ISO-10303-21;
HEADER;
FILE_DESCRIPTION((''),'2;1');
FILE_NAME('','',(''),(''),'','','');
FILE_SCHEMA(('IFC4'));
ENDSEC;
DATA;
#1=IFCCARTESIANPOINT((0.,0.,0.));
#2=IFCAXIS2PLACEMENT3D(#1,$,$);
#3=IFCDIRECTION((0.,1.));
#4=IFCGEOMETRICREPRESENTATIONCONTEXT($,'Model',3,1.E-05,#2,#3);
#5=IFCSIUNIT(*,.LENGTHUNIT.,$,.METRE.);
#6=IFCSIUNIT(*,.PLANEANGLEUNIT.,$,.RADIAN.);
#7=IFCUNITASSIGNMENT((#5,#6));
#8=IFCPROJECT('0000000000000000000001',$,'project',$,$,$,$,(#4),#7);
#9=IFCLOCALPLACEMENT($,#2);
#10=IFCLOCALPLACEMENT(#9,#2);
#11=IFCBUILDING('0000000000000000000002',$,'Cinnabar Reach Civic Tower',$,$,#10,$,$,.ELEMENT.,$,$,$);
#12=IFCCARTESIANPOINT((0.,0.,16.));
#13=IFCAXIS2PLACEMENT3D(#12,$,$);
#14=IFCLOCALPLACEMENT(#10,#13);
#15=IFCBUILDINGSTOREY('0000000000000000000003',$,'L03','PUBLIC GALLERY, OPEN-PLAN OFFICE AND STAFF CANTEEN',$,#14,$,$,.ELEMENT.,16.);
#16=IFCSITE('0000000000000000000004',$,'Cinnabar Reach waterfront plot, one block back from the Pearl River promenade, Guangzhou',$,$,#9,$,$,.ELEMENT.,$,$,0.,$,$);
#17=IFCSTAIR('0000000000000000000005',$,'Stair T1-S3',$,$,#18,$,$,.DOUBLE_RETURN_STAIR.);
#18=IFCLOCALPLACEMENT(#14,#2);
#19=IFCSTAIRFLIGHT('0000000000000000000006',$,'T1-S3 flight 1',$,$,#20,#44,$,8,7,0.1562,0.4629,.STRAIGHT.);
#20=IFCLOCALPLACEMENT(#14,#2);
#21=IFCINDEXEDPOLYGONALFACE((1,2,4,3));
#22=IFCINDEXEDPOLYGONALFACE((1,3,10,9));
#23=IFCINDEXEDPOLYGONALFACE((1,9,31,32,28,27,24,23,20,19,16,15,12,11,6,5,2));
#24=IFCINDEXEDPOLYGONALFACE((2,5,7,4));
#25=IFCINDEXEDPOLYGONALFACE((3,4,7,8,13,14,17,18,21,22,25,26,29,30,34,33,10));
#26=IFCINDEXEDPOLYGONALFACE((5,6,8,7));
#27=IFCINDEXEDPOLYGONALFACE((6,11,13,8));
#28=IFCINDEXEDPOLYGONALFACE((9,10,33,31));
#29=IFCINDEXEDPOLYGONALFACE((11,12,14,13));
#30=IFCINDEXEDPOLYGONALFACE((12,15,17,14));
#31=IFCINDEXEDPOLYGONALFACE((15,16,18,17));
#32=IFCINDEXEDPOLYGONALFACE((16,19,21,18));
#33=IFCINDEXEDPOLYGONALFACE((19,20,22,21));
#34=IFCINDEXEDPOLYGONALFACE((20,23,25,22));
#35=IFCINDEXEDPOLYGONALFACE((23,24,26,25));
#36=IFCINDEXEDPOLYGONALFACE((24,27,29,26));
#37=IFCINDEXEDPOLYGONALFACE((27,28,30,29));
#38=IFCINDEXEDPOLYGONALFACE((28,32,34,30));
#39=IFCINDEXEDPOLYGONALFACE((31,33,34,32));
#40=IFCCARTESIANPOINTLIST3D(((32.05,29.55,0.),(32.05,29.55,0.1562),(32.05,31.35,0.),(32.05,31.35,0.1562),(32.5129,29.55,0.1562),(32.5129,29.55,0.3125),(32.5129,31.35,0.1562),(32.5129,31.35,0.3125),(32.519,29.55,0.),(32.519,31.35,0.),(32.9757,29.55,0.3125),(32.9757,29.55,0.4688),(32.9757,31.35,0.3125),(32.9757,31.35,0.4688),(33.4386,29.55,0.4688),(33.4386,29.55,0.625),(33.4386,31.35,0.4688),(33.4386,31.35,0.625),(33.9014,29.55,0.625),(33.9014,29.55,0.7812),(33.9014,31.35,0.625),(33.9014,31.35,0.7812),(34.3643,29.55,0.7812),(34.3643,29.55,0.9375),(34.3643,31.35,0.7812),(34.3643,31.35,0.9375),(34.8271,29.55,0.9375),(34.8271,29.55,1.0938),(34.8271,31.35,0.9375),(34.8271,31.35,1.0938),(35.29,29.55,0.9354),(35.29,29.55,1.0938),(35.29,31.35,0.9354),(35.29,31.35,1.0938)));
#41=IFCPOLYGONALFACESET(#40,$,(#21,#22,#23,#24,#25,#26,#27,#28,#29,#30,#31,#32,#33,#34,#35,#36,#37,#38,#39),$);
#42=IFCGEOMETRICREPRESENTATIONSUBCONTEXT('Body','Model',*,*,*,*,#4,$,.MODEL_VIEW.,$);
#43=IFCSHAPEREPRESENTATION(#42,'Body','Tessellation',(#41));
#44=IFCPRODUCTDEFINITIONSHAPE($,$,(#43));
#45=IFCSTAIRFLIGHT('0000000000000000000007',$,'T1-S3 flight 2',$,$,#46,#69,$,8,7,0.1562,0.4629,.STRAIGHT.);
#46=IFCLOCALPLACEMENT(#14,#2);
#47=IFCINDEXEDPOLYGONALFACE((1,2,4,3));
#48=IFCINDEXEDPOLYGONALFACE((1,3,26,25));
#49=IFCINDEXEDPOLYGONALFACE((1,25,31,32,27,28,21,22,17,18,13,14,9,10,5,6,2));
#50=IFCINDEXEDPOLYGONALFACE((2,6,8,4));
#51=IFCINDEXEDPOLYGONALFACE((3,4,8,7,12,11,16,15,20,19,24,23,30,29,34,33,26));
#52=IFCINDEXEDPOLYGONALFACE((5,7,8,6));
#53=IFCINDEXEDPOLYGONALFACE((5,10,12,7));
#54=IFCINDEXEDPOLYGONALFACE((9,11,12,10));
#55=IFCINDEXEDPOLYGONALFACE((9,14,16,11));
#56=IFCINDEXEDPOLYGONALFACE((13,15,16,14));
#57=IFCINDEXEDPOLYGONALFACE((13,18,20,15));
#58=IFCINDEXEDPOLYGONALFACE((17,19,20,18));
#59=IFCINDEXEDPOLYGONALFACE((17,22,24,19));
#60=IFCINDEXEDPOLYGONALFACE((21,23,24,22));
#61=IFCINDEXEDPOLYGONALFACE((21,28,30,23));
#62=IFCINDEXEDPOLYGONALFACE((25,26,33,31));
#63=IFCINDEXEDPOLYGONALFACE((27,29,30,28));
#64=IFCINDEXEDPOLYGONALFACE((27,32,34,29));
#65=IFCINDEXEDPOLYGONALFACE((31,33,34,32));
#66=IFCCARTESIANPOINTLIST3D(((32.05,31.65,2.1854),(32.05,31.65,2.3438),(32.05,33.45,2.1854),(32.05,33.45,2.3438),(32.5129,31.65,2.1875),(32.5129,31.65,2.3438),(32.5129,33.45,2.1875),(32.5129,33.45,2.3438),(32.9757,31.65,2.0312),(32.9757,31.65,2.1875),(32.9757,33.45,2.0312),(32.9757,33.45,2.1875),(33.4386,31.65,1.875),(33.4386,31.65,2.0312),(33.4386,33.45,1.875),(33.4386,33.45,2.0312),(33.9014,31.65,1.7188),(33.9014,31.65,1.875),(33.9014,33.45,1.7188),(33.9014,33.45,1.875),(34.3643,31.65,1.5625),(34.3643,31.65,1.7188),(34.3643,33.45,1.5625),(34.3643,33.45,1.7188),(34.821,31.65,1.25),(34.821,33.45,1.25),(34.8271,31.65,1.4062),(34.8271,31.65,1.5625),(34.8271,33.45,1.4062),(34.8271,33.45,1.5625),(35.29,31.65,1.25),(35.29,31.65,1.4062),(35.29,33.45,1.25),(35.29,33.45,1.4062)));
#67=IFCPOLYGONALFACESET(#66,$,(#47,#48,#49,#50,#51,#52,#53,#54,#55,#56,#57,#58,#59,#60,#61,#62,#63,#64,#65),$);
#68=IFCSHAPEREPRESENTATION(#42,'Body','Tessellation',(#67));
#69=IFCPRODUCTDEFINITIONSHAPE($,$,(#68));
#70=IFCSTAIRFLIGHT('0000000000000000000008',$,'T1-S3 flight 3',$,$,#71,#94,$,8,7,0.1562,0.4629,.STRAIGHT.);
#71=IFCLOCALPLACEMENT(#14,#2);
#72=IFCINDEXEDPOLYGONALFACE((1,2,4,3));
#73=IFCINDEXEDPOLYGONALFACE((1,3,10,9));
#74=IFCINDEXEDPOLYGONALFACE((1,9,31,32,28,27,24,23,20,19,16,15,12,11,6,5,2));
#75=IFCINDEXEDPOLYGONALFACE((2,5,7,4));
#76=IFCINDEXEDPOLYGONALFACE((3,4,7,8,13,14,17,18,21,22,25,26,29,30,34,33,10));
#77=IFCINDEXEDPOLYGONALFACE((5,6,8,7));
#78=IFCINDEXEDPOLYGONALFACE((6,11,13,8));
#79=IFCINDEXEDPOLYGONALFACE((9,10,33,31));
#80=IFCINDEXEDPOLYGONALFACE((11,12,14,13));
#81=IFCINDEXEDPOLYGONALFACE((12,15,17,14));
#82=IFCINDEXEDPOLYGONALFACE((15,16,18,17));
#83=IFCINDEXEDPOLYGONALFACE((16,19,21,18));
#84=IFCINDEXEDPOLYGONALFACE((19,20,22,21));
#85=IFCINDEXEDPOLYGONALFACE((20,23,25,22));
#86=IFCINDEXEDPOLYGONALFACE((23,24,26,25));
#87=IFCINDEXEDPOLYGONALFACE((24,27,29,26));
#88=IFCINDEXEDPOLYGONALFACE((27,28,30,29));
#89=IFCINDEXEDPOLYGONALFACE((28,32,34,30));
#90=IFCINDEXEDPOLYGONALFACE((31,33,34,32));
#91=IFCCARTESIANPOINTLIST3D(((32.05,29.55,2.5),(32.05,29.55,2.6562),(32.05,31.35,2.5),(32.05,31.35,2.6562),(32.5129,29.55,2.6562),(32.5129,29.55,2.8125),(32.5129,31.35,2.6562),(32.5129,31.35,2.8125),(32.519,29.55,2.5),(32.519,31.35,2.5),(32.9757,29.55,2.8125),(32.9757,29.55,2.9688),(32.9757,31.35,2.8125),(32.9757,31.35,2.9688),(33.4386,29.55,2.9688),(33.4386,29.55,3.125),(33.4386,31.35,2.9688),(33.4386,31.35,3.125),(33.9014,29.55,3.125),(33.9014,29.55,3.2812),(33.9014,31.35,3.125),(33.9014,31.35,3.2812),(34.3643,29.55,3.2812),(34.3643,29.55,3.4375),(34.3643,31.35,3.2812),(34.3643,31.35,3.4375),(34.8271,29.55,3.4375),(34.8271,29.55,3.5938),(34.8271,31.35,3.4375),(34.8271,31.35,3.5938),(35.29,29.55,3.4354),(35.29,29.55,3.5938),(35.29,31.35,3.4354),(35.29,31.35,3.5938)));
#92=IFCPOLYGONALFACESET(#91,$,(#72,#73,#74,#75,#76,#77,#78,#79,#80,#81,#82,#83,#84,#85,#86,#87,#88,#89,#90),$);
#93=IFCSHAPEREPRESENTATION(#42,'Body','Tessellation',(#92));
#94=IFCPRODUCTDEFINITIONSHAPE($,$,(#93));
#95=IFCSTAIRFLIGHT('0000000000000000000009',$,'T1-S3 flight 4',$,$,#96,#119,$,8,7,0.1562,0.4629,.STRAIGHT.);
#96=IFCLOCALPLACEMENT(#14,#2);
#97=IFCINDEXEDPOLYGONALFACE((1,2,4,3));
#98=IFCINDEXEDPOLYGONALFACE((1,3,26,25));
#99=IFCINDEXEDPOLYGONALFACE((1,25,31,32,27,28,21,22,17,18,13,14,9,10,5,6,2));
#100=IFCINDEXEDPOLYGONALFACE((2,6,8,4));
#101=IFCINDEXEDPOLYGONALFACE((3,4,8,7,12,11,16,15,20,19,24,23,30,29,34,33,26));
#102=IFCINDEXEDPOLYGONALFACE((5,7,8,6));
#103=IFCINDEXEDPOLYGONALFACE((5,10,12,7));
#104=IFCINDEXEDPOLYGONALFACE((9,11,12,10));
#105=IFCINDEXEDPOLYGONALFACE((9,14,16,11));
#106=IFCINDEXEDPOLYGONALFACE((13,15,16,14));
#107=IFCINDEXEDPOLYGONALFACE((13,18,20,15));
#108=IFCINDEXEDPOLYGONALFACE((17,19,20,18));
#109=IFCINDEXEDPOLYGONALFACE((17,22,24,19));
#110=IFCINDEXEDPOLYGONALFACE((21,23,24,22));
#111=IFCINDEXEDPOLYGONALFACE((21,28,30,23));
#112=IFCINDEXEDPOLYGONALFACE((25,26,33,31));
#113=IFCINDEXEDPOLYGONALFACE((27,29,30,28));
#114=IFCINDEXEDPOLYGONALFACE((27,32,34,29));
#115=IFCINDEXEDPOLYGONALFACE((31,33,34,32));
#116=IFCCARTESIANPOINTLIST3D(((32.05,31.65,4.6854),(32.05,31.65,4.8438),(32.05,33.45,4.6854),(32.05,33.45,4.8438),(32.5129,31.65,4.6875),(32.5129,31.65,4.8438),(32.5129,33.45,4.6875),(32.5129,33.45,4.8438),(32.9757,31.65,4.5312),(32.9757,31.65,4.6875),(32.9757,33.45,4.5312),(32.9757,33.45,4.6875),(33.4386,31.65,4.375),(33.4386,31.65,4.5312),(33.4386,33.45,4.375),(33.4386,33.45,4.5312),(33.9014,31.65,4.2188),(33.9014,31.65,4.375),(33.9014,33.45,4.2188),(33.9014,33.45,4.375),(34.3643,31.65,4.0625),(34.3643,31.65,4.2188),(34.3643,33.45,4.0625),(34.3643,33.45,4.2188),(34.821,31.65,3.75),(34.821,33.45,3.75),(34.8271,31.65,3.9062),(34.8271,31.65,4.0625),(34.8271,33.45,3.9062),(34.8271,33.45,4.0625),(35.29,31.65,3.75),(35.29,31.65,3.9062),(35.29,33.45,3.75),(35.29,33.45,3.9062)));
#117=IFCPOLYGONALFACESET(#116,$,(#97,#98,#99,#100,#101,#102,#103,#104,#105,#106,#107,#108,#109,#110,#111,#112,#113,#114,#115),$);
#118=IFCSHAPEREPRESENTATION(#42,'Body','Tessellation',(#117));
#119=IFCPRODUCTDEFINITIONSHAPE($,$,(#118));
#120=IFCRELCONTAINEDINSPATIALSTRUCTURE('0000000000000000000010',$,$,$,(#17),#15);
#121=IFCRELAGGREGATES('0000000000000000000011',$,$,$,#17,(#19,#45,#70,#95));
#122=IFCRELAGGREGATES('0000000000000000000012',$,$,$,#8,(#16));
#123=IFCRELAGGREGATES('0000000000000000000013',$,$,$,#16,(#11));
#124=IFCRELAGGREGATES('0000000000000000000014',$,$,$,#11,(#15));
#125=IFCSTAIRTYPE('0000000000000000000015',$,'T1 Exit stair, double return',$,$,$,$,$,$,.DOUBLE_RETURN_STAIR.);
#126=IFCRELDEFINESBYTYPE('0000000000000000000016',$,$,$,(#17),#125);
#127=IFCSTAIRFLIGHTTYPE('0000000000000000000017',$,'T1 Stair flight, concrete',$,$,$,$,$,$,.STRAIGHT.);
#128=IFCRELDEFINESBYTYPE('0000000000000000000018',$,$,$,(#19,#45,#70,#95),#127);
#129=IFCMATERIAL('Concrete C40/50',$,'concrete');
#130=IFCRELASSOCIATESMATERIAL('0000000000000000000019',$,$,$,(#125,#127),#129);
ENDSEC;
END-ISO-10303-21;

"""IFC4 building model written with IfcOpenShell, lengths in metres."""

from ifc_helpers import new_model, si_unit, direction, frame, origin, place, context, subcontext, project, spatial, polyline, outline, extrude, material, type_object, element, aggregate, save


model = new_model("IFC4")

# Units and contexts
model_context = context("Model", 3, precision=1e-05, world=origin(), true_north=direction((0.0, 1.0)))
body_context = subcontext(model_context, "Body", "Model", "MODEL_VIEW")
ifc_project = project(units=[si_unit("LENGTHUNIT", "METRE"), si_unit("PLANEANGLEUNIT", "RADIAN")], contexts=[model_context])

# Site, building, storey
site_placement = place(None, origin())
site = spatial("IfcSite", under=ifc_project, at=site_placement, Name="Cinnabar Reach waterfront plot, one block back from the Pearl River promenade, Guangzhou", CompositionType="ELEMENT", RefElevation=0.0)
building_placement = place(site_placement, origin())
building = spatial("IfcBuilding", under=site, at=building_placement, Name="Cinnabar Reach Civic Tower", CompositionType="ELEMENT")
storey_placement = place(building_placement, frame((0.0, 0.0, 16.0)))
storey = spatial("IfcBuildingStorey", under=building, at=storey_placement, Name="L03", Description="PUBLIC GALLERY, OPEN-PLAN OFFICE AND STAFF CANTEEN", CompositionType="ELEMENT", Elevation=16.0)

# Stair, stair flights
ifc_material_1 = material(Name="Concrete C40/50", Category="concrete")
stair_type = type_object("IfcStairType", Name="T1 Exit stair, double return", PredefinedType="DOUBLE_RETURN_STAIR", material=ifc_material_1)
stair_placement = place(storey_placement, origin())
stair = element("IfcStair", 1, at=stair_placement, inside=storey, type_object=stair_type, Name="Stair T1-S3", PredefinedType="DOUBLE_RETURN_STAIR")
stair_flight_type = type_object("IfcStairFlightType", Name="T1 Stair flight, concrete", PredefinedType="STRAIGHT", material=ifc_material_1)
stair_flight_1_placement = place(storey_placement, frame((32.05, 30.45, 0.0), z_axis=(0.0, 0.0, 1.0), x_axis=(1.0, 0.0, 0.0)))
stair_flight_1 = element("IfcStairFlight", 2, at=stair_flight_1_placement, type_object=stair_flight_type, Name="T1-S3 flight 1", NumberOfRisers=8, NumberOfTreads=7, PredefinedType="STRAIGHT", RiserHeight=0.1562, TreadLength=0.4629, context=body_context, shape_type="SweptSolid", body=[
    extrude(outline(polyline([(0.0, 0.0), (0.0, 0.1562), (0.4629, 0.1562), (0.4629, 0.3125), (0.9257, 0.3125), (0.9257, 0.4688), (1.3886, 0.4688), (1.3886, 0.625), (1.8514, 0.625), (1.8514, 0.7812), (2.3143, 0.7812), (2.3143, 0.9375), (2.7771, 0.9375), (2.7771, 1.0938), (3.24, 1.0938), (3.24, 1.25), (3.24, 0.9354), (0.469, 0.0), (0.0, 0.0)])), frame((0.0, 0.9, 0.0), z_axis=(0.0, -1.0, 0.0), x_axis=(1.0, 0.0, 0.0)), (0.0, 0.0, 1.0), 1.8),
])
stair_flight_2_placement = place(storey_placement, frame((35.29, 32.55, 1.25), z_axis=(0.0, 0.0, 1.0), x_axis=(-1.0, 0.0, 0.0)))
stair_flight_2 = element("IfcStairFlight", 3, at=stair_flight_2_placement, type_object=stair_flight_type, Name="T1-S3 flight 2", NumberOfRisers=8, NumberOfTreads=7, PredefinedType="STRAIGHT", RiserHeight=0.1562, TreadLength=0.4629, context=body_context, shape_type="SweptSolid", body=[
    extrude(outline(polyline([(0.0, 0.0), (0.0, 0.1562), (0.4629, 0.1562), (0.4629, 0.3125), (0.9257, 0.3125), (0.9257, 0.4688), (1.3886, 0.4688), (1.3886, 0.625), (1.8514, 0.625), (1.8514, 0.7812), (2.3143, 0.7812), (2.3143, 0.9375), (2.7771, 0.9375), (2.7771, 1.0938), (3.24, 1.0938), (3.24, 1.25), (3.24, 0.9354), (0.469, 0.0), (0.0, 0.0)])), frame((0.0, 0.9, 0.0), z_axis=(0.0, -1.0, 0.0), x_axis=(1.0, 0.0, 0.0)), (0.0, 0.0, 1.0), 1.8),
])
stair_flight_3_placement = place(storey_placement, frame((32.05, 30.45, 2.5), z_axis=(0.0, 0.0, 1.0), x_axis=(1.0, 0.0, 0.0)))
stair_flight_3 = element("IfcStairFlight", 4, at=stair_flight_3_placement, type_object=stair_flight_type, Name="T1-S3 flight 3", NumberOfRisers=8, NumberOfTreads=7, PredefinedType="STRAIGHT", RiserHeight=0.1562, TreadLength=0.4629, context=body_context, shape_type="SweptSolid", body=[
    extrude(outline(polyline([(0.0, 0.0), (0.0, 0.1562), (0.4629, 0.1562), (0.4629, 0.3125), (0.9257, 0.3125), (0.9257, 0.4688), (1.3886, 0.4688), (1.3886, 0.625), (1.8514, 0.625), (1.8514, 0.7812), (2.3143, 0.7812), (2.3143, 0.9375), (2.7771, 0.9375), (2.7771, 1.0938), (3.24, 1.0938), (3.24, 1.25), (3.24, 0.9354), (0.469, 0.0), (0.0, 0.0)])), frame((0.0, 0.9, 0.0), z_axis=(0.0, -1.0, 0.0), x_axis=(1.0, 0.0, 0.0)), (0.0, 0.0, 1.0), 1.8),
])
stair_flight_4_placement = place(storey_placement, frame((35.29, 32.55, 3.75), z_axis=(0.0, 0.0, 1.0), x_axis=(-1.0, 0.0, 0.0)))
stair_flight_4 = element("IfcStairFlight", 5, at=stair_flight_4_placement, type_object=stair_flight_type, Name="T1-S3 flight 4", NumberOfRisers=8, NumberOfTreads=7, PredefinedType="STRAIGHT", RiserHeight=0.1562, TreadLength=0.4629, context=body_context, shape_type="SweptSolid", body=[
    extrude(outline(polyline([(0.0, 0.0), (0.0, 0.1562), (0.4629, 0.1562), (0.4629, 0.3125), (0.9257, 0.3125), (0.9257, 0.4688), (1.3886, 0.4688), (1.3886, 0.625), (1.8514, 0.625), (1.8514, 0.7812), (2.3143, 0.7812), (2.3143, 0.9375), (2.7771, 0.9375), (2.7771, 1.0938), (3.24, 1.0938), (3.24, 1.25), (3.24, 0.9354), (0.469, 0.0), (0.0, 0.0)])), frame((0.0, 0.9, 0.0), z_axis=(0.0, -1.0, 0.0), x_axis=(1.0, 0.0, 0.0)), (0.0, 0.0, 1.0), 1.8),
])
aggregate(stair, [stair_flight_1, stair_flight_2, stair_flight_3, stair_flight_4])

save(model, "model.ifc")
